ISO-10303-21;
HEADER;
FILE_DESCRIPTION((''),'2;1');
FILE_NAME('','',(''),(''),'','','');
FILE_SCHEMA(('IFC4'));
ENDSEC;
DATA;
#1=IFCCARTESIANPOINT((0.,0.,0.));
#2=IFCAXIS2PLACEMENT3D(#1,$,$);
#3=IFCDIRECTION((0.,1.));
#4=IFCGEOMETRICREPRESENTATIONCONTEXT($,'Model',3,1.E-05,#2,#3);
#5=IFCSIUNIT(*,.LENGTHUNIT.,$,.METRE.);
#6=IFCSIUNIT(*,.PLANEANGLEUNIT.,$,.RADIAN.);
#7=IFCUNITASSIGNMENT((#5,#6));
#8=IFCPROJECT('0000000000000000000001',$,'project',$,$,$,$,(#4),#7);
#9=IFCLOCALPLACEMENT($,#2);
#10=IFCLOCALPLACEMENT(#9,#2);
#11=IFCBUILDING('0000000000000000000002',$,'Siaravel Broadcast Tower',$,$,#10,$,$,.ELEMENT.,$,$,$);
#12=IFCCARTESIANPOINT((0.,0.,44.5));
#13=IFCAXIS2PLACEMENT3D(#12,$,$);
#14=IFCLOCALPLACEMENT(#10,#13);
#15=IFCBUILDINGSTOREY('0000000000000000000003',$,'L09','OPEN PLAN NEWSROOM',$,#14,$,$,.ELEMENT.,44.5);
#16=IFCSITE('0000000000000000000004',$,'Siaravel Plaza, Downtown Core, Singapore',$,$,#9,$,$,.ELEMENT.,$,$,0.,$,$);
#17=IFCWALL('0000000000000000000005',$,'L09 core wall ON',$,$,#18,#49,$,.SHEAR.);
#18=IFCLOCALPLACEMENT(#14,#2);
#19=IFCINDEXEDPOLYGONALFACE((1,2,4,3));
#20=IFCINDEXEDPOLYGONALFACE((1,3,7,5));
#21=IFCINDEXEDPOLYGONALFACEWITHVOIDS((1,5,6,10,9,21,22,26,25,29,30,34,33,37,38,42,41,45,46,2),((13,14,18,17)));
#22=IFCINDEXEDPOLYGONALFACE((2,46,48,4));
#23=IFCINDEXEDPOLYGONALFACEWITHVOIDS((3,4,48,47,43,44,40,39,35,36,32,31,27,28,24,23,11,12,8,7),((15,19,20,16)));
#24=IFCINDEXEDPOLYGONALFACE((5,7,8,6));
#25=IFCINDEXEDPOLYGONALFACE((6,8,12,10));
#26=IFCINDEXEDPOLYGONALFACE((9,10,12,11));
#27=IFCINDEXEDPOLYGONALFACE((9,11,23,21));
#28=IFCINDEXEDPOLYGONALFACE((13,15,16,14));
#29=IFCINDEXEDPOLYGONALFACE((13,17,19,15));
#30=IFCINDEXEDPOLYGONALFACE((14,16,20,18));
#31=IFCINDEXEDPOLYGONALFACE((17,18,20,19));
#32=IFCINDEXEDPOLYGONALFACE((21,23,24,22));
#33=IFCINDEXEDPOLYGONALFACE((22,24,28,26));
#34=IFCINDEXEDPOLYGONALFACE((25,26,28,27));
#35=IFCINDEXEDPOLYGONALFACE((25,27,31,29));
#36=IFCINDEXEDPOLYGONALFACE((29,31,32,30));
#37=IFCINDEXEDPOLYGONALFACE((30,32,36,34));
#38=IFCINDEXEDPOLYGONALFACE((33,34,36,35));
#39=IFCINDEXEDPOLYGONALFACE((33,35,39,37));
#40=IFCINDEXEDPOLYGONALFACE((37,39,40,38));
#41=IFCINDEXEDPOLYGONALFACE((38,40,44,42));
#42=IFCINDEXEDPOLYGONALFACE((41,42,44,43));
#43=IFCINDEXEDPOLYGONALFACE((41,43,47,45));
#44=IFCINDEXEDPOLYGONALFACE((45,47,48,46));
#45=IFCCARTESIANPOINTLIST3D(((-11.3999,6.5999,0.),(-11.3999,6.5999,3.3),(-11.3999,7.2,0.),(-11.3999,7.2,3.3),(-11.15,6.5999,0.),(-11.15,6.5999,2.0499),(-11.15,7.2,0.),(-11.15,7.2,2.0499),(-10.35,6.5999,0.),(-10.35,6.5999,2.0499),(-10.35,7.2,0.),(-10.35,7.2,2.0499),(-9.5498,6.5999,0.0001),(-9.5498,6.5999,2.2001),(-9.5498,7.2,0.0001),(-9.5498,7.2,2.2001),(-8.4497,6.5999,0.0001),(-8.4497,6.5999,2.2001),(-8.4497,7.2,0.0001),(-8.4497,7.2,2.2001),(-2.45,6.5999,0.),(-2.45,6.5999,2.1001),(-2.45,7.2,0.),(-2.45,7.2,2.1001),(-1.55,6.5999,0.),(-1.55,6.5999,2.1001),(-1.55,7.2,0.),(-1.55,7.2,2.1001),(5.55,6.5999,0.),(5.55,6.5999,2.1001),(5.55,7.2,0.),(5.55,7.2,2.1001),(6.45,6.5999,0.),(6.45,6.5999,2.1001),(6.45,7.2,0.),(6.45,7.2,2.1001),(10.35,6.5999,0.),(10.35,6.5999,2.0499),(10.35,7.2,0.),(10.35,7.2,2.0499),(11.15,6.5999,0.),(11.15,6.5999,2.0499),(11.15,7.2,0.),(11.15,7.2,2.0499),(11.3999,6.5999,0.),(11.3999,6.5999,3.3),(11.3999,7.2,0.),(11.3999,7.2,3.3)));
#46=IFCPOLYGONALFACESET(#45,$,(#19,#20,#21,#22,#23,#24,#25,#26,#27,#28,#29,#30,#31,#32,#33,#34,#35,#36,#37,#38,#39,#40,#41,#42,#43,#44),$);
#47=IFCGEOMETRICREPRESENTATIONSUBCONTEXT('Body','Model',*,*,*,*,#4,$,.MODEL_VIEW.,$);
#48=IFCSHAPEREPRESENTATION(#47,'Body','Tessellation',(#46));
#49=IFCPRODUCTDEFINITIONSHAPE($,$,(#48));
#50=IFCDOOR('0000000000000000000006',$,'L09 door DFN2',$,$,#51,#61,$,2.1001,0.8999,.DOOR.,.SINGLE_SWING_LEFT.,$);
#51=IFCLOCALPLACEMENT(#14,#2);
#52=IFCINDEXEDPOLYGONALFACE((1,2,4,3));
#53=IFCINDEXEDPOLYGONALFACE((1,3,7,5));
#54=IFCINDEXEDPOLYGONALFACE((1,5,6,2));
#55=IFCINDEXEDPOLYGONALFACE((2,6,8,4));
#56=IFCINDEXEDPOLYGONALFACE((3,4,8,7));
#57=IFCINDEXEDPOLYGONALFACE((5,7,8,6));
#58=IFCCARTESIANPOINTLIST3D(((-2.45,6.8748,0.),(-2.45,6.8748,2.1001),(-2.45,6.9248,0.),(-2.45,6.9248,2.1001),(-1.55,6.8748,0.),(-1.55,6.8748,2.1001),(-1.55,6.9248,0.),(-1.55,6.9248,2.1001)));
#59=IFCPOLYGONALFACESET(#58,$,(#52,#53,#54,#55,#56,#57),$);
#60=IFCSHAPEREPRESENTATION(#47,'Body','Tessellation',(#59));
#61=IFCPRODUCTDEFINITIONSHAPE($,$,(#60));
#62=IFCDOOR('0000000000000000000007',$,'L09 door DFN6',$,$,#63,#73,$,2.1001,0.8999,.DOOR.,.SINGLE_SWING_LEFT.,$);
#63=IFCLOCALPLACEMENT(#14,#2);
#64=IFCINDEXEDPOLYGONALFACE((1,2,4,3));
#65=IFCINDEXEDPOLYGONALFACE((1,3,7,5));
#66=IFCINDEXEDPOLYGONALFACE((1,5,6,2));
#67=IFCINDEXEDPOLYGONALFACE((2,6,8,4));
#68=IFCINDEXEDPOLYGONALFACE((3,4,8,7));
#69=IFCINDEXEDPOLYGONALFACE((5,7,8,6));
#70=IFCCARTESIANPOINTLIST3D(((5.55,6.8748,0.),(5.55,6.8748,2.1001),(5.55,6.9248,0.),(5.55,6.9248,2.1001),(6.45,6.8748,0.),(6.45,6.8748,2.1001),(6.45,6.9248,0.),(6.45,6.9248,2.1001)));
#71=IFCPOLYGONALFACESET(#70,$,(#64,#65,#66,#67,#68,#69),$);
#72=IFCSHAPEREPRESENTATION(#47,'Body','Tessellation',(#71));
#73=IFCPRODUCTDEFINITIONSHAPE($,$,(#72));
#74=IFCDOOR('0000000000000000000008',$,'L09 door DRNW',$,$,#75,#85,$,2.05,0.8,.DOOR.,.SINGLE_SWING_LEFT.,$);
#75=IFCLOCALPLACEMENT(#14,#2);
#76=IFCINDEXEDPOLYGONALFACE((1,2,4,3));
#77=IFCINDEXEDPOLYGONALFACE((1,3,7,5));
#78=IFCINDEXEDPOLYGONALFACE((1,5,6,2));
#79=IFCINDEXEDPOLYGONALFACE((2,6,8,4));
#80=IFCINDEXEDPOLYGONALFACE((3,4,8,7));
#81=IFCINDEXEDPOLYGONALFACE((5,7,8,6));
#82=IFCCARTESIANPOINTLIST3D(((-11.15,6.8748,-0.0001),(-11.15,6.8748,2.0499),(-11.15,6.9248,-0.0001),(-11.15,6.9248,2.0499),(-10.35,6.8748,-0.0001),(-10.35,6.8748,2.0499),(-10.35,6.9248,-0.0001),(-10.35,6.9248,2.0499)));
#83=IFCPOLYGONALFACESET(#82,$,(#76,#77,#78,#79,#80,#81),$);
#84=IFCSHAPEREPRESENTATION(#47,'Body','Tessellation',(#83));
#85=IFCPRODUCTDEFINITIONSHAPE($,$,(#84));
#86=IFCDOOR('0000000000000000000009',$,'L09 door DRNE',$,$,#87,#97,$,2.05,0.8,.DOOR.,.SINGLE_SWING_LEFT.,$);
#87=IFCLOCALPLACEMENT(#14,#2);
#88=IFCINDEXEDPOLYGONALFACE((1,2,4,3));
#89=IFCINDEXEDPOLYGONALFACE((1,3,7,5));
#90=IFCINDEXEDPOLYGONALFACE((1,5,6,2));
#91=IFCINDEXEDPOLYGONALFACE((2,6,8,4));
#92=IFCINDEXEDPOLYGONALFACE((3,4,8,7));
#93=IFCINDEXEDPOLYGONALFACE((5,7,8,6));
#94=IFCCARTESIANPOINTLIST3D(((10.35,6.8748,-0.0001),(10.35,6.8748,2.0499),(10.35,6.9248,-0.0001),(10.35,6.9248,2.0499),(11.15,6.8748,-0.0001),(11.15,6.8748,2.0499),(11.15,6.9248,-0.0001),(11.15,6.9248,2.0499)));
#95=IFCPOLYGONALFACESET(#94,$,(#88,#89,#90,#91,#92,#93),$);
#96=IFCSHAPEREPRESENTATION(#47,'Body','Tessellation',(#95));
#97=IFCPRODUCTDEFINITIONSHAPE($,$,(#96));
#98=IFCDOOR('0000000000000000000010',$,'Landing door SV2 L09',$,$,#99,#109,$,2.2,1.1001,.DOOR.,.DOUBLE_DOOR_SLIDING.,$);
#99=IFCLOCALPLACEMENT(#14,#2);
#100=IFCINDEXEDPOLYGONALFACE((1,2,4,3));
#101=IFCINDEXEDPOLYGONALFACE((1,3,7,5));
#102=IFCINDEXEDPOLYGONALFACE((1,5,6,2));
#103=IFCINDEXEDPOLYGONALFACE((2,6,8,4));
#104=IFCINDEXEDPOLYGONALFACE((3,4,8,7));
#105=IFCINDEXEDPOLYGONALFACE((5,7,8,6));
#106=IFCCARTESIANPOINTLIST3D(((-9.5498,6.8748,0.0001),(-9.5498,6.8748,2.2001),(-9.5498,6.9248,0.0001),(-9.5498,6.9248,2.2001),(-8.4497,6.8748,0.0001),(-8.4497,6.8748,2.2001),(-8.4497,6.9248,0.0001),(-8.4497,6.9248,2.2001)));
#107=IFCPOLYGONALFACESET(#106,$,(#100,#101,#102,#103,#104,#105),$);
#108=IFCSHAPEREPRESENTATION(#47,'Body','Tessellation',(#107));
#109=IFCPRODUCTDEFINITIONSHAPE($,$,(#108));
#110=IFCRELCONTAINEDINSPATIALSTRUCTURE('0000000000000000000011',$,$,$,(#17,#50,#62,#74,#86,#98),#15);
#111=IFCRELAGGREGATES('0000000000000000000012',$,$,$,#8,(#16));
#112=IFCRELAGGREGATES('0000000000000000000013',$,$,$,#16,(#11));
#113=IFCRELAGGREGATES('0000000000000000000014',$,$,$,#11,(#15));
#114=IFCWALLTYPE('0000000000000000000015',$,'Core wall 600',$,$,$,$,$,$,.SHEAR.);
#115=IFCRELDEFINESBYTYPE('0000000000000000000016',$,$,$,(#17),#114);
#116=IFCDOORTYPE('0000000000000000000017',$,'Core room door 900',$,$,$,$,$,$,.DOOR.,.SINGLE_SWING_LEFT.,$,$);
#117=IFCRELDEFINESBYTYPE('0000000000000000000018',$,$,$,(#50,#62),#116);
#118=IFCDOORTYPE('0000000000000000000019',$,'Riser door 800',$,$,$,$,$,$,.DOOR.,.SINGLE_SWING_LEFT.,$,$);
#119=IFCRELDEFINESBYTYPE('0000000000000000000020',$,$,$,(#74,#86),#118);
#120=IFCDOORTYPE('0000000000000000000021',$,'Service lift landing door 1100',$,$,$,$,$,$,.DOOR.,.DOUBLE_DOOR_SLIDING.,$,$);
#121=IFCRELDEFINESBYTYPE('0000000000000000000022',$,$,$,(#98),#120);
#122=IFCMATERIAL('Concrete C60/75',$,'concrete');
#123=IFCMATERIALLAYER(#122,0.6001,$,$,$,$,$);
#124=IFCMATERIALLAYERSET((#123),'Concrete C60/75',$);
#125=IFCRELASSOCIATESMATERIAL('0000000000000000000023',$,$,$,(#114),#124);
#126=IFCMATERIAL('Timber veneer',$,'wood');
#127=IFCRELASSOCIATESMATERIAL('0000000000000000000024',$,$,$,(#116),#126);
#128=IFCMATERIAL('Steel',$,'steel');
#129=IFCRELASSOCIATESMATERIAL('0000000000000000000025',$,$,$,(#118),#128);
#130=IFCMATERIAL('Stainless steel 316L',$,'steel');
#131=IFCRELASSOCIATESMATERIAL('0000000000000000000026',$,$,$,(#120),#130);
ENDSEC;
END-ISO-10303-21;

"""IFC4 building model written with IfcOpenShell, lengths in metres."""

from ifc_helpers import new_model, si_unit, direction, frame, frame_2d, origin, place, context, subcontext, project, spatial, rectangle, extrude, material, layer, layer_set, type_object, element, fill, save


model = new_model("IFC4")

# Units and contexts
model_context = context("Model", 3, precision=1e-05, world=origin(), true_north=direction((0.0, 1.0)))
body_context = subcontext(model_context, "Body", "Model", "MODEL_VIEW")
ifc_project = project(units=[si_unit("LENGTHUNIT", "METRE"), si_unit("PLANEANGLEUNIT", "RADIAN")], contexts=[model_context])

# Site, building, storey
site_placement = place(None, origin())
site = spatial("IfcSite", under=ifc_project, at=site_placement, Name="Siaravel Plaza, Downtown Core, Singapore", CompositionType="ELEMENT", RefElevation=0.0)
building_placement = place(site_placement, origin())
building = spatial("IfcBuilding", under=site, at=building_placement, Name="Siaravel Broadcast Tower", CompositionType="ELEMENT")
storey_placement = place(building_placement, frame((0.0, 0.0, 44.5)))
storey = spatial("IfcBuildingStorey", under=building, at=storey_placement, Name="L09", Description="OPEN PLAN NEWSROOM", CompositionType="ELEMENT", Elevation=44.5)

# Wall, openings, doors
ifc_material_1 = material(Name="Concrete C60/75", Category="concrete")
ifc_layer_1 = layer(ifc_material_1, 0.6001)
ifc_layer_set_1 = layer_set([ifc_layer_1], Name="Concrete C60/75")
wall_type_1 = type_object("IfcWallType", Name="Core wall 600", PredefinedType="SHEAR", material=ifc_layer_set_1)
wall_1_placement = place(storey_placement, frame((-11.3999, 6.8999, 0.0), z_axis=(0.0, 0.0, 1.0), x_axis=(1.0, 0.0, 0.0)))
wall_1 = element("IfcWall", 1, at=wall_1_placement, inside=storey, type_object=wall_type_1, Name="L09 core wall ON", PredefinedType="SHEAR", context=body_context, shape_type="SweptSolid", body=[
    extrude(rectangle(XDim=22.7998, YDim=0.6001, at=frame_2d((11.3999, 0.0))), origin(), (0.0, 0.0, 1.0), 3.3),
])
opening_1_placement = place(wall_1_placement, frame((1.8501, 0.0, 0.0)))
opening_1 = element("IfcOpeningElement", 2, at=opening_1_placement, cuts=wall_1, PredefinedType="OPENING", context=body_context, shape_type="SweptSolid", body=[
    extrude(rectangle(XDim=1.1001, YDim=2.2, at=frame_2d((0.55, 1.1001))), frame((0.0, 0.3101, 0.0), z_axis=(0.0, -1.0, 0.0), x_axis=(1.0, 0.0, 0.0)), (0.0, 0.0, 1.0), 0.6201),
])
opening_2_placement = place(wall_1_placement, frame((8.95, 0.0, 0.0)))
opening_2 = element("IfcOpeningElement", 3, at=opening_2_placement, cuts=wall_1, PredefinedType="OPENING", context=body_context, shape_type="SweptSolid", body=[
    extrude(rectangle(XDim=0.8999, YDim=2.1001, at=frame_2d((0.45, 1.05))), frame((0.0, 0.3101, 0.0), z_axis=(0.0, -1.0, 0.0), x_axis=(1.0, 0.0, 0.0)), (0.0, 0.0, 1.0), 0.6201),
])
opening_3_placement = place(wall_1_placement, frame((16.95, 0.0, 0.0)))
opening_3 = element("IfcOpeningElement", 4, at=opening_3_placement, cuts=wall_1, PredefinedType="OPENING", context=body_context, shape_type="SweptSolid", body=[
    extrude(rectangle(XDim=0.8999, YDim=2.1001, at=frame_2d((0.45, 1.05))), frame((0.0, 0.3101, 0.0), z_axis=(0.0, -1.0, 0.0), x_axis=(1.0, 0.0, 0.0)), (0.0, 0.0, 1.0), 0.6201),
])
opening_4_placement = place(wall_1_placement, frame((0.25, 0.0, 0.0)))
opening_4 = element("IfcOpeningElement", 5, at=opening_4_placement, cuts=wall_1, PredefinedType="OPENING", context=body_context, shape_type="SweptSolid", body=[
    extrude(rectangle(XDim=0.8, YDim=2.05, at=frame_2d((0.3999, 1.0249))), frame((0.0, 0.3101, 0.0), z_axis=(0.0, -1.0, 0.0), x_axis=(1.0, 0.0, 0.0)), (0.0, 0.0, 1.0), 0.6201),
])
opening_5_placement = place(wall_1_placement, frame((21.75, 0.0, 0.0)))
opening_5 = element("IfcOpeningElement", 6, at=opening_5_placement, cuts=wall_1, PredefinedType="OPENING", context=body_context, shape_type="SweptSolid", body=[
    extrude(rectangle(XDim=0.8, YDim=2.05, at=frame_2d((0.3999, 1.0249))), frame((0.0, 0.3101, 0.0), z_axis=(0.0, -1.0, 0.0), x_axis=(1.0, 0.0, 0.0)), (0.0, 0.0, 1.0), 0.6201),
])
ifc_material_2 = material(Name="Timber veneer", Category="wood")
door_type_1 = type_object("IfcDoorType", Name="Core room door 900", OperationType="SINGLE_SWING_LEFT", PredefinedType="DOOR", material=ifc_material_2)
door_1_placement = place(opening_2_placement, origin())
door_1 = element("IfcDoor", 7, at=door_1_placement, inside=storey, type_object=door_type_1, Name="L09 door DFN2", OperationType="SINGLE_SWING_LEFT", OverallHeight=2.1001, OverallWidth=0.8999, PredefinedType="DOOR", context=body_context, shape_type="SweptSolid", body=[
    extrude(rectangle(XDim=0.8999, YDim=2.1001, at=frame_2d((0.45, 1.05))), frame((0.0, 0.0249, 0.0), z_axis=(0.0, -1.0, 0.0), x_axis=(1.0, 0.0, 0.0)), (0.0, 0.0, 1.0), 0.05),
])
fill(opening_2, door_1)
door_2_placement = place(opening_3_placement, origin())
door_2 = element("IfcDoor", 8, at=door_2_placement, inside=storey, type_object=door_type_1, Name="L09 door DFN6", OperationType="SINGLE_SWING_LEFT", OverallHeight=2.1001, OverallWidth=0.8999, PredefinedType="DOOR", context=body_context, shape_type="SweptSolid", body=[
    extrude(rectangle(XDim=0.8999, YDim=2.1001, at=frame_2d((0.45, 1.05))), frame((0.0, 0.0249, 0.0), z_axis=(0.0, -1.0, 0.0), x_axis=(1.0, 0.0, 0.0)), (0.0, 0.0, 1.0), 0.05),
])
fill(opening_3, door_2)
ifc_material_3 = material(Name="Steel", Category="steel")
door_type_2 = type_object("IfcDoorType", Name="Riser door 800", OperationType="SINGLE_SWING_LEFT", PredefinedType="DOOR", material=ifc_material_3)
door_3_placement = place(opening_4_placement, origin())
door_3 = element("IfcDoor", 9, at=door_3_placement, inside=storey, type_object=door_type_2, Name="L09 door DRNW", OperationType="SINGLE_SWING_LEFT", OverallHeight=2.05, OverallWidth=0.8, PredefinedType="DOOR", context=body_context, shape_type="SweptSolid", body=[
    extrude(rectangle(XDim=0.8, YDim=2.05, at=frame_2d((0.3999, 1.0249))), frame((0.0, 0.0249, 0.0), z_axis=(0.0, -1.0, 0.0), x_axis=(1.0, 0.0, 0.0)), (0.0, 0.0, 1.0), 0.05),
])
fill(opening_4, door_3)
door_4_placement = place(opening_5_placement, origin())
door_4 = element("IfcDoor", 10, at=door_4_placement, inside=storey, type_object=door_type_2, Name="L09 door DRNE", OperationType="SINGLE_SWING_LEFT", OverallHeight=2.05, OverallWidth=0.8, PredefinedType="DOOR", context=body_context, shape_type="SweptSolid", body=[
    extrude(rectangle(XDim=0.8, YDim=2.05, at=frame_2d((0.3999, 1.0249))), frame((0.0, 0.0249, 0.0), z_axis=(0.0, -1.0, 0.0), x_axis=(1.0, 0.0, 0.0)), (0.0, 0.0, 1.0), 0.05),
])
fill(opening_5, door_4)
ifc_material_4 = material(Name="Stainless steel 316L", Category="steel")
door_type_3 = type_object("IfcDoorType", Name="Service lift landing door 1100", OperationType="DOUBLE_DOOR_SLIDING", PredefinedType="DOOR", material=ifc_material_4)
door_5_placement = place(opening_1_placement, origin())
door_5 = element("IfcDoor", 11, at=door_5_placement, inside=storey, type_object=door_type_3, Name="Landing door SV2 L09", OperationType="DOUBLE_DOOR_SLIDING", OverallHeight=2.2, OverallWidth=1.1001, PredefinedType="DOOR", context=body_context, shape_type="SweptSolid", body=[
    extrude(rectangle(XDim=1.1001, YDim=2.2, at=frame_2d((0.55, 1.1001))), frame((0.0, 0.0249, 0.0), z_axis=(0.0, -1.0, 0.0), x_axis=(1.0, 0.0, 0.0)), (0.0, 0.0, 1.0), 0.05),
])
fill(opening_1, door_5)

save(model, "model.ifc")
